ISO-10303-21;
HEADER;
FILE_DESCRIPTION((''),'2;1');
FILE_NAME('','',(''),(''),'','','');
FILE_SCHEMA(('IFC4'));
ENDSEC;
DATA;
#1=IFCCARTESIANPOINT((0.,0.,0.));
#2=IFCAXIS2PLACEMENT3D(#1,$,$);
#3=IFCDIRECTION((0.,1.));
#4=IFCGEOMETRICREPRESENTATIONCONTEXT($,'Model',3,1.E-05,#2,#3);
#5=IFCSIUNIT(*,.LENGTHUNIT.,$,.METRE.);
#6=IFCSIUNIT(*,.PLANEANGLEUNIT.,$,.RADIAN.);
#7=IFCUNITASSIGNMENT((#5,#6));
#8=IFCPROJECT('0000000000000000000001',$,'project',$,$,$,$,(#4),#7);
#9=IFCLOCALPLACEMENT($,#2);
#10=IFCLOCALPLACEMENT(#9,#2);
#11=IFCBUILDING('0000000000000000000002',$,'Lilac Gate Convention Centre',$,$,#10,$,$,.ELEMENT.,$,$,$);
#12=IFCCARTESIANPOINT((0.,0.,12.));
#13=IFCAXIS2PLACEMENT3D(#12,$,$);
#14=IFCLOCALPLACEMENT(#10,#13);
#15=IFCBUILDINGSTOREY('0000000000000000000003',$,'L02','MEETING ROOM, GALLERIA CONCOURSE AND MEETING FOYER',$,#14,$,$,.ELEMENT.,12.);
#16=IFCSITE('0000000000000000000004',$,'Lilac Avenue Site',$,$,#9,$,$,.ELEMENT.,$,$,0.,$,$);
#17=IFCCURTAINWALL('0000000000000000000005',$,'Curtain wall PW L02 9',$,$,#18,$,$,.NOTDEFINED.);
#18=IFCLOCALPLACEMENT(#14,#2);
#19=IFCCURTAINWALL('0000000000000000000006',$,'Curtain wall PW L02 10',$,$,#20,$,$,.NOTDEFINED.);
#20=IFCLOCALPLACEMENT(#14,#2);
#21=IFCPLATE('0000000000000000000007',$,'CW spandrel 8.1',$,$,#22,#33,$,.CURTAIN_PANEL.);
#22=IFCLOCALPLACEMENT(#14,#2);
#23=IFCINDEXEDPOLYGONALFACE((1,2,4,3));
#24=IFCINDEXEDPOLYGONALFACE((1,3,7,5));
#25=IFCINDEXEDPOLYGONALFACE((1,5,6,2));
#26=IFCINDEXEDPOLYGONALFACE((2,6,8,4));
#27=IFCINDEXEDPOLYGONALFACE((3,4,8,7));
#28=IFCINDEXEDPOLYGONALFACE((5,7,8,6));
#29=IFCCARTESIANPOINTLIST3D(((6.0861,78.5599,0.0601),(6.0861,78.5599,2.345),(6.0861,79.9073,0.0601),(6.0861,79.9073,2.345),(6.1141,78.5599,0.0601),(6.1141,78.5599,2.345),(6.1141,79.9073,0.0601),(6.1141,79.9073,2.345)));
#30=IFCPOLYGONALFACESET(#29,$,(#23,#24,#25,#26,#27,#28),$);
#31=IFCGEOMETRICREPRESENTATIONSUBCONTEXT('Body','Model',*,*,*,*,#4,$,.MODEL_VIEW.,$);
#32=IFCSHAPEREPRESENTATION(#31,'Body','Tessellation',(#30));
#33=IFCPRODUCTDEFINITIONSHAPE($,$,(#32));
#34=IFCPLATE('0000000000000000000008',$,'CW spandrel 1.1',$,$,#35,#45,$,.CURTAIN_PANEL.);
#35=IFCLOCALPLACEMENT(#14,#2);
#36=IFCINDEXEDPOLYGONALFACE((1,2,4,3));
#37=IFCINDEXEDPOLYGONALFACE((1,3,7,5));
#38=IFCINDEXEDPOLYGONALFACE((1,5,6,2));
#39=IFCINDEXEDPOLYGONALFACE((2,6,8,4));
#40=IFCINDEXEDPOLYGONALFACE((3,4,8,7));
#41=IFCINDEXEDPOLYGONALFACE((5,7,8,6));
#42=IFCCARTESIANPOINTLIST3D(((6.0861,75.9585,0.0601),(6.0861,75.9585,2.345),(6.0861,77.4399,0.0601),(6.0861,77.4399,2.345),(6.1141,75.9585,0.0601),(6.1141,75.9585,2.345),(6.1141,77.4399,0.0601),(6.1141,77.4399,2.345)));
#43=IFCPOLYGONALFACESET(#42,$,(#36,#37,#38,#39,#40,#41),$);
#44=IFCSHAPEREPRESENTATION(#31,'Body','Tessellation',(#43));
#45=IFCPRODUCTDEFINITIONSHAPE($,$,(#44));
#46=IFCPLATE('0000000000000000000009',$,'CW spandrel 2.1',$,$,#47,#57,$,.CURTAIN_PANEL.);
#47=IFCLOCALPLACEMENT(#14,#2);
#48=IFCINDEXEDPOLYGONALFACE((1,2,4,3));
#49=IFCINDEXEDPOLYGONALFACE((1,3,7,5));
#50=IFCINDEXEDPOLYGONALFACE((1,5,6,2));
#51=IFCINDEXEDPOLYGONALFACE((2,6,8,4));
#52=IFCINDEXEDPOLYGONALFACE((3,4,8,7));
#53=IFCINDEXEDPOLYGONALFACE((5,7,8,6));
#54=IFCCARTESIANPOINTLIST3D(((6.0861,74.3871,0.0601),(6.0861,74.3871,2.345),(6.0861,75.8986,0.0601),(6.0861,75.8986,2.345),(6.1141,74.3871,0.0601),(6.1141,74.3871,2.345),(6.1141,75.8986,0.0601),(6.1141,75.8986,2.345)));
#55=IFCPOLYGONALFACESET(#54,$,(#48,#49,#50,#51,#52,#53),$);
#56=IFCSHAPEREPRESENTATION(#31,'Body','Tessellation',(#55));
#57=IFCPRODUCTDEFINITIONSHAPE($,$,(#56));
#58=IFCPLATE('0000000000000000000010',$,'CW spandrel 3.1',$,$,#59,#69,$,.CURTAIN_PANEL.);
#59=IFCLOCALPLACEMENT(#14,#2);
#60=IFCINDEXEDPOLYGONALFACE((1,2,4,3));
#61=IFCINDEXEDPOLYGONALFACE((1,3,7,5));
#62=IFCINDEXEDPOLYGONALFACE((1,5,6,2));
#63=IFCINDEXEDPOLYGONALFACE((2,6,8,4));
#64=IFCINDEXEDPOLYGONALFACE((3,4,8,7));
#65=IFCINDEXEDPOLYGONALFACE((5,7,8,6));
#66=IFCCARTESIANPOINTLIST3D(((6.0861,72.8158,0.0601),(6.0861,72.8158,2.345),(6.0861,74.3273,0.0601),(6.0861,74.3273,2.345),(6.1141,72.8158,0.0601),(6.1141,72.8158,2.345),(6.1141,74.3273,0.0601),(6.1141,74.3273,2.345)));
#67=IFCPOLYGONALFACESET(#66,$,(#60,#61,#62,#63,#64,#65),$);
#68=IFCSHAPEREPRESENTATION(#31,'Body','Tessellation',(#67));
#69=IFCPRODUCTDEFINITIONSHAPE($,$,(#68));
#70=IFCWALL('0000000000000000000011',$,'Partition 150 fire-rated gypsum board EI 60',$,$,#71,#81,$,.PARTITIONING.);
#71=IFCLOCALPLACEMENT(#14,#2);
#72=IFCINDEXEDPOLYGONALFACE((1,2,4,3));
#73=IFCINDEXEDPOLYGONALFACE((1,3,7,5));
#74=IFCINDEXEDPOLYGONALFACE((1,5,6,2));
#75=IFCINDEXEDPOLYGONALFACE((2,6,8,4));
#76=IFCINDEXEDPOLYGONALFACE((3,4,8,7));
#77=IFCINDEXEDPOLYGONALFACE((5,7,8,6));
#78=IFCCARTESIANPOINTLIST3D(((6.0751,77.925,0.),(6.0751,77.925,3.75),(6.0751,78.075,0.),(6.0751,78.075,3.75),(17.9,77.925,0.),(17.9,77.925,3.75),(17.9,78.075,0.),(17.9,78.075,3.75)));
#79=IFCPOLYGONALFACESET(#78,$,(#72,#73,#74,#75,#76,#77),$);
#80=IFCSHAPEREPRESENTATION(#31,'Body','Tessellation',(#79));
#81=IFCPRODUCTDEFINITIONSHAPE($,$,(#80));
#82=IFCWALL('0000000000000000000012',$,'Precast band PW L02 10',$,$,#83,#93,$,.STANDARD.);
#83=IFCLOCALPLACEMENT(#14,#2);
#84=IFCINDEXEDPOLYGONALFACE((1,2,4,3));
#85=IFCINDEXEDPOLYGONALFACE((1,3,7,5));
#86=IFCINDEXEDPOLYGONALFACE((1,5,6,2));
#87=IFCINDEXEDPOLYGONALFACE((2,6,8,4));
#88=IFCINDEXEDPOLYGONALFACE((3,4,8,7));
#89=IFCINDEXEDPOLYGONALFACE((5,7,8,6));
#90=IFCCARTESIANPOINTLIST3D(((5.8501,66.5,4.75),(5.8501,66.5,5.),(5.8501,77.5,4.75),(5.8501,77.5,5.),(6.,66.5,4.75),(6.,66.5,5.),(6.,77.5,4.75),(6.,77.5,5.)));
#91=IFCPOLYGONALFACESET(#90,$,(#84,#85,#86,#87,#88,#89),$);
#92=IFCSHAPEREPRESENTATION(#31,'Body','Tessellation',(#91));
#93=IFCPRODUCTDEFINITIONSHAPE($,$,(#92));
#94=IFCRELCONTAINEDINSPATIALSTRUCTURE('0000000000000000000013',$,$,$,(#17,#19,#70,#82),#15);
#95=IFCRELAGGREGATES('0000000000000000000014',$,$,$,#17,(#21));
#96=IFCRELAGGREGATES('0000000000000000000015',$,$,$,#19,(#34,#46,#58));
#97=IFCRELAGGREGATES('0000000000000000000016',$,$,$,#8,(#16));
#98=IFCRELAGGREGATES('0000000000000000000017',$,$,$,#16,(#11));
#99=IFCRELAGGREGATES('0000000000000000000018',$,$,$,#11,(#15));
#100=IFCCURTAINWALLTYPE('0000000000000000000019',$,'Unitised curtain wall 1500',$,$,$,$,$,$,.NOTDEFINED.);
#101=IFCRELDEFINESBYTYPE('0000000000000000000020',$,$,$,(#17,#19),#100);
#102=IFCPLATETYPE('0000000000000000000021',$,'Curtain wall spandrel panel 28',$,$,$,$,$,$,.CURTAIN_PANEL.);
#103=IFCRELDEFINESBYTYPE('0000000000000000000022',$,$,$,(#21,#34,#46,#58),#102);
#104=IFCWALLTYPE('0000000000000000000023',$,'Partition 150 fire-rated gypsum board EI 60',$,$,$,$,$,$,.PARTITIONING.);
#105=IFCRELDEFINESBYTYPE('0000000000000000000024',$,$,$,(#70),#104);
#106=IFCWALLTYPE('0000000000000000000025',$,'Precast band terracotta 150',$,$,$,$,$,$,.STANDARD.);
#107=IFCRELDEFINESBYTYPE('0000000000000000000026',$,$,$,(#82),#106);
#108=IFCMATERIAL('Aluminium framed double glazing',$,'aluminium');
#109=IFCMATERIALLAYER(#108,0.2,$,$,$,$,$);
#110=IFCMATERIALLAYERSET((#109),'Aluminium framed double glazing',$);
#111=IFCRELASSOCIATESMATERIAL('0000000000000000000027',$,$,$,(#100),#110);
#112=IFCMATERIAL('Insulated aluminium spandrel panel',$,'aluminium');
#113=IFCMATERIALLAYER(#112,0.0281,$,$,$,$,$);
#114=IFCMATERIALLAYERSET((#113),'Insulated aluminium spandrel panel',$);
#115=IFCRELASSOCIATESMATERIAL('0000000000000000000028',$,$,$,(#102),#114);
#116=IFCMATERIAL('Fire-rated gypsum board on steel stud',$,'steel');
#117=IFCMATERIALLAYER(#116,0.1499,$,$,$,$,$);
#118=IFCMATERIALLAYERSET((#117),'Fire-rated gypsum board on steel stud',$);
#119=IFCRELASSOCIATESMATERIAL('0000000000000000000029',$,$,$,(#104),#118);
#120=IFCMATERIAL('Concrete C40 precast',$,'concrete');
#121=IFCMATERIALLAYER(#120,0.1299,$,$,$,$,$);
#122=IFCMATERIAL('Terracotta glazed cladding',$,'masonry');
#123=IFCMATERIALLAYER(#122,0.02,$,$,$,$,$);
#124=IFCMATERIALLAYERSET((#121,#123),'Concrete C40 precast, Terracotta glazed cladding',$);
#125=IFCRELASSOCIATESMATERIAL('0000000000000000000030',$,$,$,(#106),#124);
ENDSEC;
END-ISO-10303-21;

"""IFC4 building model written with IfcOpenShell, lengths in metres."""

from ifc_helpers import new_model, si_unit, direction, frame, frame_2d, origin, origin_2d, place, context, subcontext, project, spatial, rectangle, extrude, material, layer, layer_set, type_object, element, aggregate, save


model = new_model("IFC4")

# Units and contexts
model_context = context("Model", 3, precision=1e-05, world=origin(), true_north=direction((0.0, 1.0)))
body_context = subcontext(model_context, "Body", "Model", "MODEL_VIEW")
ifc_project = project(units=[si_unit("LENGTHUNIT", "METRE"), si_unit("PLANEANGLEUNIT", "RADIAN")], contexts=[model_context])

# Site, building, storey
site_placement = place(None, origin())
site = spatial("IfcSite", under=ifc_project, at=site_placement, Name="Lilac Avenue Site", CompositionType="ELEMENT", RefElevation=0.0)
building_placement = place(site_placement, origin())
building = spatial("IfcBuilding", under=site, at=building_placement, Name="Lilac Gate Convention Centre", CompositionType="ELEMENT")
storey_placement = place(building_placement, frame((0.0, 0.0, 12.0)))
storey = spatial("IfcBuildingStorey", under=building, at=storey_placement, Name="L02", Description="MEETING ROOM, GALLERIA CONCOURSE AND MEETING FOYER", CompositionType="ELEMENT", Elevation=12.0)

# Curtain walls
ifc_material_1 = material(Name="Aluminium framed double glazing", Category="aluminium")
ifc_layer_1 = layer(ifc_material_1, 0.2)
ifc_layer_set_1 = layer_set([ifc_layer_1], Name="Aluminium framed double glazing")
curtain_wall_type = type_object("IfcCurtainWallType", Name="Unitised curtain wall 1500", PredefinedType="NOTDEFINED", material=ifc_layer_set_1)
curtain_wall_1_placement = place(storey_placement, origin())
curtain_wall_1 = element("IfcCurtainWall", 1, at=curtain_wall_1_placement, inside=storey, type_object=curtain_wall_type, Name="Curtain wall PW L02 9", PredefinedType="NOTDEFINED")
curtain_wall_2_placement = place(storey_placement, origin())
curtain_wall_2 = element("IfcCurtainWall", 2, at=curtain_wall_2_placement, inside=storey, type_object=curtain_wall_type, Name="Curtain wall PW L02 10", PredefinedType="NOTDEFINED")

# Plates
ifc_material_2 = material(Name="Insulated aluminium spandrel panel", Category="aluminium")
ifc_layer_2 = layer(ifc_material_2, 0.0281)
ifc_layer_set_2 = layer_set([ifc_layer_2], Name="Insulated aluminium spandrel panel")
plate_type_1 = type_object("IfcPlateType", Name="Curtain wall spandrel panel 28", PredefinedType="CURTAIN_PANEL", material=ifc_layer_set_2)
plate_1_placement = place(storey_placement, frame((6.1001, 79.2336, 0.0601), z_axis=(0.0, 0.0, 1.0), x_axis=(0.0, -1.0, 0.0)))
plate_1 = element("IfcPlate", 3, at=plate_1_placement, type_object=plate_type_1, Name="CW spandrel 8.1", PredefinedType="CURTAIN_PANEL", context=body_context, shape_type="SweptSolid", body=[
    extrude(rectangle(XDim=1.3474, YDim=0.0281, at=origin_2d()), origin(), (0.0, 0.0, 1.0), 2.2849),
])
aggregate(curtain_wall_1, [plate_1])
plate_2_placement = place(storey_placement, frame((6.1001, 76.6992, 0.0601), z_axis=(0.0, 0.0, 1.0), x_axis=(0.0, -1.0, 0.0)))
plate_2 = element("IfcPlate", 4, at=plate_2_placement, type_object=plate_type_1, Name="CW spandrel 1.1", PredefinedType="CURTAIN_PANEL", context=body_context, shape_type="SweptSolid", body=[
    extrude(rectangle(XDim=1.4814, YDim=0.0281, at=origin_2d()), origin(), (0.0, 0.0, 1.0), 2.2849),
])
plate_3_placement = place(storey_placement, frame((6.1001, 75.1428, 0.0601), z_axis=(0.0, 0.0, 1.0), x_axis=(0.0, -1.0, 0.0)))
plate_3 = element("IfcPlate", 5, at=plate_3_placement, type_object=plate_type_1, Name="CW spandrel 2.1", PredefinedType="CURTAIN_PANEL", context=body_context, shape_type="SweptSolid", body=[
    extrude(rectangle(XDim=1.5115, YDim=0.0281, at=origin_2d()), origin(), (0.0, 0.0, 1.0), 2.2849),
])
plate_4_placement = place(storey_placement, frame((6.1001, 73.5715, 0.0601), z_axis=(0.0, 0.0, 1.0), x_axis=(0.0, -1.0, 0.0)))
plate_4 = element("IfcPlate", 6, at=plate_4_placement, type_object=plate_type_1, Name="CW spandrel 3.1", PredefinedType="CURTAIN_PANEL", context=body_context, shape_type="SweptSolid", body=[
    extrude(rectangle(XDim=1.5115, YDim=0.0281, at=origin_2d()), origin(), (0.0, 0.0, 1.0), 2.2849),
])
aggregate(curtain_wall_2, [plate_2, plate_3, plate_4])

# Walls
ifc_material_3 = material(Name="Fire-rated gypsum board on steel stud", Category="steel")
ifc_layer_3 = layer(ifc_material_3, 0.1499)
ifc_layer_set_3 = layer_set([ifc_layer_3], Name="Fire-rated gypsum board on steel stud")
wall_type_1 = type_object("IfcWallType", Name="Partition 150 fire-rated gypsum board EI 60", PredefinedType="PARTITIONING", material=ifc_layer_set_3)
wall_1_placement = place(storey_placement, frame((6.075, 78.0, 0.0), z_axis=(0.0, 0.0, 1.0), x_axis=(1.0, 0.0, 0.0)))
element("IfcWall", 7, at=wall_1_placement, inside=storey, type_object=wall_type_1, Name="Partition 150 fire-rated gypsum board EI 60", PredefinedType="PARTITIONING", context=body_context, shape_type="SweptSolid", body=[
    extrude(rectangle(XDim=11.825, YDim=0.1499, at=frame_2d((5.9126, 0.0))), origin(), (0.0, 0.0, 1.0), 3.75),
])
ifc_material_4 = material(Name="Concrete C40 precast", Category="concrete")
ifc_layer_4 = layer(ifc_material_4, 0.1299)
ifc_material_5 = material(Name="Terracotta glazed cladding", Category="masonry")
ifc_layer_5 = layer(ifc_material_5, 0.02)
ifc_layer_set_4 = layer_set([ifc_layer_4, ifc_layer_5], Name="Concrete C40 precast, Terracotta glazed cladding")
wall_type_2 = type_object("IfcWallType", Name="Precast band terracotta 150", PredefinedType="STANDARD", material=ifc_layer_set_4)
wall_2_placement = place(storey_placement, frame((5.925, 77.5, 4.75), z_axis=(0.0, 0.0, 1.0), x_axis=(0.0, -1.0, 0.0)))
element("IfcWall", 8, at=wall_2_placement, inside=storey, type_object=wall_type_2, Name="Precast band PW L02 10", PredefinedType="STANDARD", context=body_context, shape_type="SweptSolid", body=[
    extrude(rectangle(XDim=11.0, YDim=0.1499, at=frame_2d((5.5, 0.0))), origin(), (0.0, 0.0, 1.0), 0.25),
])

save(model, "model.ifc")
